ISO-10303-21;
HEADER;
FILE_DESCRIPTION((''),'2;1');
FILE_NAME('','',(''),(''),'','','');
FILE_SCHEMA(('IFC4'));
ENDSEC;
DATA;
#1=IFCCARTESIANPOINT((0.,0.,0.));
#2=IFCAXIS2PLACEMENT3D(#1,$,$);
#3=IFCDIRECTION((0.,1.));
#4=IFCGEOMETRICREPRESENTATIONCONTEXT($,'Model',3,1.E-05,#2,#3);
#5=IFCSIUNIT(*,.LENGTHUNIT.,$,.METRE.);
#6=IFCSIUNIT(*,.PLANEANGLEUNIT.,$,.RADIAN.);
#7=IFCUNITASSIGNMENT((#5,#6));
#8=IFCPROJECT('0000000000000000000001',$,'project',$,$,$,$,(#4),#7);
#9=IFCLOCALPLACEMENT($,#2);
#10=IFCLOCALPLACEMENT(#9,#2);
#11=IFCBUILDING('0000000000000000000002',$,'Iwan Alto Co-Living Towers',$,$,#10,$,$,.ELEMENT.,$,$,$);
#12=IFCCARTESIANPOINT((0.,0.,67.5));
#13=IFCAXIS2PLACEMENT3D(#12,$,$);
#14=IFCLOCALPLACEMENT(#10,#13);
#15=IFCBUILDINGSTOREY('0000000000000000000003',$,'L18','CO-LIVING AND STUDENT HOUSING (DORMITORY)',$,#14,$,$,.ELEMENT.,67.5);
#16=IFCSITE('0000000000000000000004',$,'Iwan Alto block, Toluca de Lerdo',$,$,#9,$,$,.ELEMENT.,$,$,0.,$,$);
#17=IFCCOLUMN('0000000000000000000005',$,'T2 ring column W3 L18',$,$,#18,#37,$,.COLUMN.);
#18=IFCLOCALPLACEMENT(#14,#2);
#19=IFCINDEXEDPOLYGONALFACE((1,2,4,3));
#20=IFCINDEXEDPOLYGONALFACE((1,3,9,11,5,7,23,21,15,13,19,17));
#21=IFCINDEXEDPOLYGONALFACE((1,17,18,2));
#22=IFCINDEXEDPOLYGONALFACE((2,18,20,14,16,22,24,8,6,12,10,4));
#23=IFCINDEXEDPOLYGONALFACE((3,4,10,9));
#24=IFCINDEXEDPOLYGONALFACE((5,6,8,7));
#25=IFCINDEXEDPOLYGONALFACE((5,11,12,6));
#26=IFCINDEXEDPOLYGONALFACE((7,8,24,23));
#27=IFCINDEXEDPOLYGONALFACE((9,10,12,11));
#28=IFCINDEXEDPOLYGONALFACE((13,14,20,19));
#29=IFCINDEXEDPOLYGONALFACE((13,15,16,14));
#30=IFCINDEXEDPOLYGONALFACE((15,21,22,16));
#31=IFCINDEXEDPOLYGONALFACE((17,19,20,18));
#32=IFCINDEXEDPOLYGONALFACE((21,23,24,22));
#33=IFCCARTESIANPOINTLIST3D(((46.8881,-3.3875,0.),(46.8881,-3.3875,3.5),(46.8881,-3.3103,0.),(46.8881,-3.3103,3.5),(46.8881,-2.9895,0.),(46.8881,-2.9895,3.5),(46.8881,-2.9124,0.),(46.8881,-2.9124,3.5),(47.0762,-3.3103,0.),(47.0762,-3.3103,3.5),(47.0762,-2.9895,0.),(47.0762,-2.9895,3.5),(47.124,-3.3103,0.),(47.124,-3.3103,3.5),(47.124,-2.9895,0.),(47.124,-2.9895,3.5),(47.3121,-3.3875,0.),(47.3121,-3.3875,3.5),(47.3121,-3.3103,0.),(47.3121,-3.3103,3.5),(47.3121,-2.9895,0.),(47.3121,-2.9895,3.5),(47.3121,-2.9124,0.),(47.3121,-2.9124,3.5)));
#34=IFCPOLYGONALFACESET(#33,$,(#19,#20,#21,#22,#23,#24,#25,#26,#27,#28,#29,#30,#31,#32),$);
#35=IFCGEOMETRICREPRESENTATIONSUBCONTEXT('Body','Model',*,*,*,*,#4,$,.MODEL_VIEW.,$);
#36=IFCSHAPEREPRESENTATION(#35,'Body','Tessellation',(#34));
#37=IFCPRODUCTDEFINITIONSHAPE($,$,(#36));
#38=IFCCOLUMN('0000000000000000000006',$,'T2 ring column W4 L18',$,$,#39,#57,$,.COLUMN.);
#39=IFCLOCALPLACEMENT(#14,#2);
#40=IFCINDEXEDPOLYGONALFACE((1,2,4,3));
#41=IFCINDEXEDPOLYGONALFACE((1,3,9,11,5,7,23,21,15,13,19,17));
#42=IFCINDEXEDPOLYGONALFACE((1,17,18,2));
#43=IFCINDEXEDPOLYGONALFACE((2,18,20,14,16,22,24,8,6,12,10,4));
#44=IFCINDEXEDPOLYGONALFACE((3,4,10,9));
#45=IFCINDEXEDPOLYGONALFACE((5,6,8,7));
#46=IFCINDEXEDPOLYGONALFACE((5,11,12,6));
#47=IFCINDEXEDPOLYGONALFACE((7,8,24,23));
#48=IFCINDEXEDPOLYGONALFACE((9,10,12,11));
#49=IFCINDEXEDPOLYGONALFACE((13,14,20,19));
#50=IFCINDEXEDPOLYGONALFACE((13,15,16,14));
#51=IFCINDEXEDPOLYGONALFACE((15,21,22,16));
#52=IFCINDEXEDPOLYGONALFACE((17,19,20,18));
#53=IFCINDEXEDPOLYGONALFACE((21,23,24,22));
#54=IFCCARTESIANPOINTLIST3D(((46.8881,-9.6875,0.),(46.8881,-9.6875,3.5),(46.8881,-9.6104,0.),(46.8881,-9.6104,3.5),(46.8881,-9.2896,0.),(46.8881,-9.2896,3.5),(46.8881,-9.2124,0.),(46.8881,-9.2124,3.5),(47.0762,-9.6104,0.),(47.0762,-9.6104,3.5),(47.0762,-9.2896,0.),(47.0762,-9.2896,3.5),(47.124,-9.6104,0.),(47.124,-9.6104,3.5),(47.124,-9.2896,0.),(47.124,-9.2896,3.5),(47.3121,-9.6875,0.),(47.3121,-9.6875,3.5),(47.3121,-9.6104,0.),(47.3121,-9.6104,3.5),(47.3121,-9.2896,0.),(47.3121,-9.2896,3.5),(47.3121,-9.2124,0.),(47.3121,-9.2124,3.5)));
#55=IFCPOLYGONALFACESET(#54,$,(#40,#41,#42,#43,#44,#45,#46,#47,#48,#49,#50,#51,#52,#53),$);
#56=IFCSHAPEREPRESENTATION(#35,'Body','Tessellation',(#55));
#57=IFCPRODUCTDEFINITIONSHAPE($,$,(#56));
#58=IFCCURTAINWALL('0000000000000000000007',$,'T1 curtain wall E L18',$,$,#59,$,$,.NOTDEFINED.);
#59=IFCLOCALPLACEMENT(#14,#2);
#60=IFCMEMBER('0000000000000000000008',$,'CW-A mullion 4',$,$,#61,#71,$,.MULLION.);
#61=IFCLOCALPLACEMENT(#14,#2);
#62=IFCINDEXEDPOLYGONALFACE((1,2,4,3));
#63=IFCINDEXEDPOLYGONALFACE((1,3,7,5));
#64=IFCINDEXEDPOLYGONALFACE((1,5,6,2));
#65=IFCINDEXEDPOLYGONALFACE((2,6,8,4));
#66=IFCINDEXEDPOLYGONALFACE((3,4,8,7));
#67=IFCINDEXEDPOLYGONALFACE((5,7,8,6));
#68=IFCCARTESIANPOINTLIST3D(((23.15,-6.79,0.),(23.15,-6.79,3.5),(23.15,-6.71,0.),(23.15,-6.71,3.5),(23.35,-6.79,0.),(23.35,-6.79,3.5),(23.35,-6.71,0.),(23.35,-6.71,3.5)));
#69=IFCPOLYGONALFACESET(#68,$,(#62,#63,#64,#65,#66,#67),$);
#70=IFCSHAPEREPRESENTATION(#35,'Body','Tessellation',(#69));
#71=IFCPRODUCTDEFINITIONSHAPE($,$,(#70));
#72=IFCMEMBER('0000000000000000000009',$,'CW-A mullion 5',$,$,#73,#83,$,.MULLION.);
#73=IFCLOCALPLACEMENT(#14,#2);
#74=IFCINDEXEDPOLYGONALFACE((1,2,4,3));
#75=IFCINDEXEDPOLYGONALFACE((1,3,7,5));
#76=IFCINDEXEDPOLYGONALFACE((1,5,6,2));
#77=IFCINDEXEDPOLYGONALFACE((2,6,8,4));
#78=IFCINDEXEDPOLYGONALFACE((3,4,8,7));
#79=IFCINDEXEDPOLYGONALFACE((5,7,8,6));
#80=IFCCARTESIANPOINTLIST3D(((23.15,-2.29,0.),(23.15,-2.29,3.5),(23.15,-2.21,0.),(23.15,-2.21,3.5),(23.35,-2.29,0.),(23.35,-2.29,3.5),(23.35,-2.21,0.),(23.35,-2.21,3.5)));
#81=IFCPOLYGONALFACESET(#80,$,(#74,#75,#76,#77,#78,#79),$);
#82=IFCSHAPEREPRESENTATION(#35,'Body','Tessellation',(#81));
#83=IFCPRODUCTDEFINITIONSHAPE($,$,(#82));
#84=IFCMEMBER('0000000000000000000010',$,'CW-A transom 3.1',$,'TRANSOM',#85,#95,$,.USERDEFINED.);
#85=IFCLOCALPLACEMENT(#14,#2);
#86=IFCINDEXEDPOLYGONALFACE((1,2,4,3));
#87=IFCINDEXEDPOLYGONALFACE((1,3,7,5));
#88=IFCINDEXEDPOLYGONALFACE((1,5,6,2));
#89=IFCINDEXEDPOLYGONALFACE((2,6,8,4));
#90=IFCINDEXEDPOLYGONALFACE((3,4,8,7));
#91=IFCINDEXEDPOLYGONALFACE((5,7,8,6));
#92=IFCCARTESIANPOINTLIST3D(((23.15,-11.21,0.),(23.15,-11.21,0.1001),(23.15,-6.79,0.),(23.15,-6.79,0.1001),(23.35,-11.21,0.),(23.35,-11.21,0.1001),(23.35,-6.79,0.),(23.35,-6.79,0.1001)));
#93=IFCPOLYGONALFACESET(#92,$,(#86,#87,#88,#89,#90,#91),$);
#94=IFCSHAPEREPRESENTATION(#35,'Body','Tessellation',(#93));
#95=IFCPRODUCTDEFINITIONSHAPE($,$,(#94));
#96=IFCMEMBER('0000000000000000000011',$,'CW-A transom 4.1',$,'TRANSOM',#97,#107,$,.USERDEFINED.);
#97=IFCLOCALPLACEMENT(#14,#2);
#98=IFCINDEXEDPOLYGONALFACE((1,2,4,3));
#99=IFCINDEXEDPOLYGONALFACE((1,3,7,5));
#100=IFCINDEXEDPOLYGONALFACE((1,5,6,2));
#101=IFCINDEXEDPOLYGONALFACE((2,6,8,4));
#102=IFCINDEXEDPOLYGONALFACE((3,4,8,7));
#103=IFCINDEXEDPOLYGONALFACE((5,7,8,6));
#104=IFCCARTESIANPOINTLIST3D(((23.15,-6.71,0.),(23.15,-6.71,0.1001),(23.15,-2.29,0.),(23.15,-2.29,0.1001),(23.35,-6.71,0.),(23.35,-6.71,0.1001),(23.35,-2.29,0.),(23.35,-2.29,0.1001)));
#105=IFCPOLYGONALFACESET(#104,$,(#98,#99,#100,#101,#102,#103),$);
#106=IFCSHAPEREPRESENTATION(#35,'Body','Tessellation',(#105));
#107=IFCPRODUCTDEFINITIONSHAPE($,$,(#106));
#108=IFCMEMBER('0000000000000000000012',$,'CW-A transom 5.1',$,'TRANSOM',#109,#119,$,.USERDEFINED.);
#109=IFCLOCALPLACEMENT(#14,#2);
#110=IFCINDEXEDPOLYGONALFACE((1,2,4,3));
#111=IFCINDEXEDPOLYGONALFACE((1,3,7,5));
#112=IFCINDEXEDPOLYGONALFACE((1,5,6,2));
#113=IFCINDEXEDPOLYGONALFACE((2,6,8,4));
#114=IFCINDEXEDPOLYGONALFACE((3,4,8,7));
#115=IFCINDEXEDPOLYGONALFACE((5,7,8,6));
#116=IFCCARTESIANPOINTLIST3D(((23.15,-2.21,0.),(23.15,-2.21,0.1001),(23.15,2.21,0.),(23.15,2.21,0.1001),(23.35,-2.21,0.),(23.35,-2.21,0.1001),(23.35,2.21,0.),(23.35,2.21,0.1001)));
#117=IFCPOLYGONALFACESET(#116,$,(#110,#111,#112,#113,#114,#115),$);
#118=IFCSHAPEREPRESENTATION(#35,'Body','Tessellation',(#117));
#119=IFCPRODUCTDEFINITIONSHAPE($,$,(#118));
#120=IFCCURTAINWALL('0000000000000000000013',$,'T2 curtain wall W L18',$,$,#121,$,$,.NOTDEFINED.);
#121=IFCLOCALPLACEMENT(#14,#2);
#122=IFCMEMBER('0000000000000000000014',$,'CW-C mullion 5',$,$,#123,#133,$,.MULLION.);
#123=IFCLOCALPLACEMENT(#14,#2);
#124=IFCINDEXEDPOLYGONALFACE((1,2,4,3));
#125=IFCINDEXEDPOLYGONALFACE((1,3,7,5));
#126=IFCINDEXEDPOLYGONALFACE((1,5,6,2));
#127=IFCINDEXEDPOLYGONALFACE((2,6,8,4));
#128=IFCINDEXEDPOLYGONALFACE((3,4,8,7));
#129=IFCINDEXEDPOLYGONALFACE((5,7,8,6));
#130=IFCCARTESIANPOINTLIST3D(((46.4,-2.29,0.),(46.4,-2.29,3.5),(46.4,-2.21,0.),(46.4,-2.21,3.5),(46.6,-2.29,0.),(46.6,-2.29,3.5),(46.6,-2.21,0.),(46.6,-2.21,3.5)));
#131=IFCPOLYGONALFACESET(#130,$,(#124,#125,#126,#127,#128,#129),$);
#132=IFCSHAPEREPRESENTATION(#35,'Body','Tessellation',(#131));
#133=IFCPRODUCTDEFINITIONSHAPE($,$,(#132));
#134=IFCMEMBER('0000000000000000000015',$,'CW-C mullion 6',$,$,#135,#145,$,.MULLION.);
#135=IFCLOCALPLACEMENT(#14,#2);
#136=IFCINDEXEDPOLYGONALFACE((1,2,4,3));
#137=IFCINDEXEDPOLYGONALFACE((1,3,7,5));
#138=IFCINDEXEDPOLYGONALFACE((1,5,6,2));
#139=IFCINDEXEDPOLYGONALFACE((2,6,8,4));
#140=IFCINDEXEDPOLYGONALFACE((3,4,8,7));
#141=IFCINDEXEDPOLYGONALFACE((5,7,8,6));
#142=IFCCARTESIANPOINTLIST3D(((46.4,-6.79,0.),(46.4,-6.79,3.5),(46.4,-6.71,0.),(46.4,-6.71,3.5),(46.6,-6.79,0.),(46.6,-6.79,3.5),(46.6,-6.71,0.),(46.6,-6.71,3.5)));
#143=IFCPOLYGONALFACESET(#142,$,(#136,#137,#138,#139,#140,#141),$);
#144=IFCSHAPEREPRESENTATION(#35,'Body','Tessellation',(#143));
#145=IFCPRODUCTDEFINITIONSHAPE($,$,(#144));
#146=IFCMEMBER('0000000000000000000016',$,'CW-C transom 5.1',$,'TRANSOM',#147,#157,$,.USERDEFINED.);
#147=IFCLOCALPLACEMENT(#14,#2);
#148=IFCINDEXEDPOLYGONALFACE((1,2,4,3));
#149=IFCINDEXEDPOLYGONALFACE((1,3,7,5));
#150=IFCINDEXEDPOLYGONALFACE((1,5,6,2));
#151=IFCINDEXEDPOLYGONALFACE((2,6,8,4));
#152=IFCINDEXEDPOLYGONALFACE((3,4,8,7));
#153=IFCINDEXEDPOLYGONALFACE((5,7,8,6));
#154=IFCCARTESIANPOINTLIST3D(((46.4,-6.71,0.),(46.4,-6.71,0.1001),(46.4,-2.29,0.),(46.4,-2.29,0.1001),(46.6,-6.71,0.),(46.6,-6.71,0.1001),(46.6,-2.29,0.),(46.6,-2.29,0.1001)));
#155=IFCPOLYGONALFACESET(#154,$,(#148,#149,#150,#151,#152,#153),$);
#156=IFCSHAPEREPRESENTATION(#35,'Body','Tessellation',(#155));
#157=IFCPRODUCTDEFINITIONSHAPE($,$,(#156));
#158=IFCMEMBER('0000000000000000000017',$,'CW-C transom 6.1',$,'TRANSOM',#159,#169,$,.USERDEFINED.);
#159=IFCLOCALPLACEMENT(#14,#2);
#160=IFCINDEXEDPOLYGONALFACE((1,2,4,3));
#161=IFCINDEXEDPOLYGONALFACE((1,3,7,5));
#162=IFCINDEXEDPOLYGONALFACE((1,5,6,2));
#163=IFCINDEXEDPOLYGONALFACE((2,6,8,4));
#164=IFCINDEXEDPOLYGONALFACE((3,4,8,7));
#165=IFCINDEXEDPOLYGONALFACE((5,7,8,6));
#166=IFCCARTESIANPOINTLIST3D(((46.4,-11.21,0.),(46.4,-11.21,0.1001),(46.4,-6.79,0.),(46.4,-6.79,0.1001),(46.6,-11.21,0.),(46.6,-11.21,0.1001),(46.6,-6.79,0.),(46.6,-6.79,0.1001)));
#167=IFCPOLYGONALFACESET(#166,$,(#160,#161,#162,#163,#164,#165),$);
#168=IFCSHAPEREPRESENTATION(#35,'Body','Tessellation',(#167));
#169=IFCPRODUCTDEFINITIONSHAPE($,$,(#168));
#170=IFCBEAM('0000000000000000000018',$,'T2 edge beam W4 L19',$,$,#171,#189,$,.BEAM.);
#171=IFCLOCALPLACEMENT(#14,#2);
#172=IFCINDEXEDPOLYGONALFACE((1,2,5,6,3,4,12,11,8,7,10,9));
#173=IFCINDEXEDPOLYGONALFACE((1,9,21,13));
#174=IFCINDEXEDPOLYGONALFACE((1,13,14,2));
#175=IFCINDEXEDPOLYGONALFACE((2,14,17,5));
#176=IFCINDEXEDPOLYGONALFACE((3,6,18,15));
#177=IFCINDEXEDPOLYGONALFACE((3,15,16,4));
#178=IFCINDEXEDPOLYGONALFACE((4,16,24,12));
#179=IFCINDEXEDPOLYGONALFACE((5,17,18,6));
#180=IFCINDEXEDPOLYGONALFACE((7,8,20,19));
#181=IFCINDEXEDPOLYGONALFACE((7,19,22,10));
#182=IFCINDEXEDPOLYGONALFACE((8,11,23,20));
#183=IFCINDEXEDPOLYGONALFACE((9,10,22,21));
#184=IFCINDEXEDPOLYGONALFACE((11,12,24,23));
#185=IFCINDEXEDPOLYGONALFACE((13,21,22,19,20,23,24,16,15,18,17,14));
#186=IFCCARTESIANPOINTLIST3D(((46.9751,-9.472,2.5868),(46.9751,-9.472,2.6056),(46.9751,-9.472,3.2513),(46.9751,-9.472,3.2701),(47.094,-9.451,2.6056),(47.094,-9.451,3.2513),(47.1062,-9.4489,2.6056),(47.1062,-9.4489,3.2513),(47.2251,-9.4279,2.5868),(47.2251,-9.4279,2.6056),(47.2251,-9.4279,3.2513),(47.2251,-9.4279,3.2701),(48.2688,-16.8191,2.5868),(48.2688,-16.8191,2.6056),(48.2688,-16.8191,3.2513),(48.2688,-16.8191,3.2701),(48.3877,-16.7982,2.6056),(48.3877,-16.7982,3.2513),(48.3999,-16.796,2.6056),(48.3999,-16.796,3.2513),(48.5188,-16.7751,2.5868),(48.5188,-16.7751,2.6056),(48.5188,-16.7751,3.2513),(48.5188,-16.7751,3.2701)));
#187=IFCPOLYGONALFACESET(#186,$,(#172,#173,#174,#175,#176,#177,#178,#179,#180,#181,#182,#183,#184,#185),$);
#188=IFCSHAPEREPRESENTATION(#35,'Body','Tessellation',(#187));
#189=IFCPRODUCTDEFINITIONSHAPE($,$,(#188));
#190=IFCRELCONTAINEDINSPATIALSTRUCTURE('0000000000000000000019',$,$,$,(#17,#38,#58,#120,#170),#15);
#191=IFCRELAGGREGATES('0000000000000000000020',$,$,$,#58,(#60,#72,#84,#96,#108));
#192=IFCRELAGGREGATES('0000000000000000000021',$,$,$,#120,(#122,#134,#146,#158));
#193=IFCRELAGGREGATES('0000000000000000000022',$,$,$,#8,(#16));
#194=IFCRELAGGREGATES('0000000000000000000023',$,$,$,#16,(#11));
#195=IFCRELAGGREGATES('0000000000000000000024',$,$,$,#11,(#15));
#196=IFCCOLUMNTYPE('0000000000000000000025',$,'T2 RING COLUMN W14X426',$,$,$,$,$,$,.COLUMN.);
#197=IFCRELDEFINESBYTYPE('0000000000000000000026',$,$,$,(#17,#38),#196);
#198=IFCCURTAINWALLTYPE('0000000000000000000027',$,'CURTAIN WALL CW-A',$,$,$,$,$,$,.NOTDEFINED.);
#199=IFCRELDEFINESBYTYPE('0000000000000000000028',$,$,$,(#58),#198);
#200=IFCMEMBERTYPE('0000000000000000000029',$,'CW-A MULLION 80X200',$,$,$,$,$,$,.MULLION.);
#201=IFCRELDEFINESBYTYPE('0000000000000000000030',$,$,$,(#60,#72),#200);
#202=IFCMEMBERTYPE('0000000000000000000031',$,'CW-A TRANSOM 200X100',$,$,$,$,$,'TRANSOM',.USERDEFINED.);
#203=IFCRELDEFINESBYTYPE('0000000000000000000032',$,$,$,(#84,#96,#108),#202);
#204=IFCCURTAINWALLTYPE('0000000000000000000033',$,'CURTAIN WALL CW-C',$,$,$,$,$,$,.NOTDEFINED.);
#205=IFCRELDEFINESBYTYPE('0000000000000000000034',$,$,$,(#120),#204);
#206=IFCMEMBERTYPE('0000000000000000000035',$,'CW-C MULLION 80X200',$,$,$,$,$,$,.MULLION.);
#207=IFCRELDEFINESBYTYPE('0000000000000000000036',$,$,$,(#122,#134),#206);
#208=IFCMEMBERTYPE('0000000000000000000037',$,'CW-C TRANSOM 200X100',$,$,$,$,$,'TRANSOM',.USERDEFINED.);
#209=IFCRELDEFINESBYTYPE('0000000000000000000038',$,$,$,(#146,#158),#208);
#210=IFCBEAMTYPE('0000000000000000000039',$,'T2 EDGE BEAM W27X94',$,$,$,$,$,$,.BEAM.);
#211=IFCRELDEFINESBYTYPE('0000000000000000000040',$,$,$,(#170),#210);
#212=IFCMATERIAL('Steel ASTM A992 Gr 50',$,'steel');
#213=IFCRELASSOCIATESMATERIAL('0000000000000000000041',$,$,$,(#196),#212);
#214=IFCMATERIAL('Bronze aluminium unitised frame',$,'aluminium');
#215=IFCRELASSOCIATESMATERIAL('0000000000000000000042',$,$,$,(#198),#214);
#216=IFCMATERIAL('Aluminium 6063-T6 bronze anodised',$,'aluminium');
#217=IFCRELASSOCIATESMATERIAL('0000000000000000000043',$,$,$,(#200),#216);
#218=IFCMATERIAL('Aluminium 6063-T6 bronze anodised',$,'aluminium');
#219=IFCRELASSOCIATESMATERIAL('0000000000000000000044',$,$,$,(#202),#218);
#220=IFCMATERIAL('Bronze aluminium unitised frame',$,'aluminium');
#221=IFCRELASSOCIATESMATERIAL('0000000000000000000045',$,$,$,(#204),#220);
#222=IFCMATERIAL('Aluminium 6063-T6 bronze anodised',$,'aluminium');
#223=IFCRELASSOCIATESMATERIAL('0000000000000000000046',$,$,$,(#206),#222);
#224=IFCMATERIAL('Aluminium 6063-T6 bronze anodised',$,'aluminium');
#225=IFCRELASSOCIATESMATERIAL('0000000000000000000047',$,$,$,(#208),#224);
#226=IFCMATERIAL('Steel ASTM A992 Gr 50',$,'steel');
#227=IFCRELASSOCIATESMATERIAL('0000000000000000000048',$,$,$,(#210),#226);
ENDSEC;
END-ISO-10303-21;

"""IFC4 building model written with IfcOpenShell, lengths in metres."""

from ifc_helpers import new_model, si_unit, direction, frame, origin, origin_2d, place, context, subcontext, project, spatial, rectangle, i_section, extrude, material, material_profile, profile_set, type_object, element, aggregate, save


model = new_model("IFC4")

# Units and contexts
model_context = context("Model", 3, precision=1e-05, world=origin(), true_north=direction((0.0, 1.0)))
body_context = subcontext(model_context, "Body", "Model", "MODEL_VIEW")
ifc_project = project(units=[si_unit("LENGTHUNIT", "METRE"), si_unit("PLANEANGLEUNIT", "RADIAN")], contexts=[model_context])

# Site, building, storey
site_placement = place(None, origin())
site = spatial("IfcSite", under=ifc_project, at=site_placement, Name="Iwan Alto block, Toluca de Lerdo", CompositionType="ELEMENT", RefElevation=0.0)
building_placement = place(site_placement, origin())
building = spatial("IfcBuilding", under=site, at=building_placement, Name="Iwan Alto Co-Living Towers", CompositionType="ELEMENT")
storey_placement = place(building_placement, frame((0.0, 0.0, 67.5)))
storey = spatial("IfcBuildingStorey", under=building, at=storey_placement, Name="L18", Description="CO-LIVING AND STUDENT HOUSING (DORMITORY)", CompositionType="ELEMENT", Elevation=67.5)

# Columns
ifc_material_1 = material(Name="Steel ASTM A992 Gr 50", Category="steel")
ifc_material_profile_1 = material_profile(ifc_material_1, i_section(OverallWidth=0.4241, OverallDepth=0.4751, WebThickness=0.0479, FlangeThickness=0.0771, at=origin_2d()), Name="W14X426")
ifc_profile_set_1 = profile_set([ifc_material_profile_1], Name="Steel ASTM A992 Gr 50")
column_type = type_object("IfcColumnType", Name="T2 RING COLUMN W14X426", PredefinedType="COLUMN", material=ifc_profile_set_1)
for number, where, z_axis, x_axis, name in (
    (1, (47.1001, -3.1499, 0.0), (0.0, 0.0, 1.0), (1.0, 0.0, 0.0), "T2 ring column W3 L18"),
    (2, (47.1001, -9.45, 0.0), (0.0, 0.0, 1.0), (1.0, 0.0, 0.0), "T2 ring column W4 L18"),
):
    element("IfcColumn", number, at=place(storey_placement, frame(where, z_axis=z_axis, x_axis=x_axis)), inside=storey, type_object=column_type, Name=name, PredefinedType="COLUMN", context=body_context, shape_type="SweptSolid", body=[
        extrude(i_section(OverallWidth=0.4241, OverallDepth=0.4751, WebThickness=0.0479, FlangeThickness=0.0771, at=origin_2d()), origin(), (0.0, 0.0, 1.0), 3.5),
    ])

# Curtain walls, members
ifc_material_2 = material(Name="Bronze aluminium unitised frame", Category="aluminium")
curtain_wall_type_1 = type_object("IfcCurtainWallType", Name="CURTAIN WALL CW-A", PredefinedType="NOTDEFINED", material=ifc_material_2)
curtain_wall_1_placement = place(storey_placement, origin())
curtain_wall_1 = element("IfcCurtainWall", 3, at=curtain_wall_1_placement, inside=storey, type_object=curtain_wall_type_1, Name="T1 curtain wall E L18", PredefinedType="NOTDEFINED")
ifc_material_3 = material(Name="Aluminium 6063-T6 bronze anodised", Category="aluminium")
ifc_material_profile_2 = material_profile(ifc_material_3, rectangle(XDim=0.2, YDim=0.0801, at=origin_2d()), Name="AL 80X200")
ifc_profile_set_2 = profile_set([ifc_material_profile_2], Name="Aluminium 6063-T6 bronze anodised")
member_type_1 = type_object("IfcMemberType", Name="CW-A MULLION 80X200", PredefinedType="MULLION", material=ifc_profile_set_2)
member_1_placement = place(storey_placement, frame((23.25, -6.75, 0.0), z_axis=(0.0, 0.0, 1.0), x_axis=(-1.0, 0.0, 0.0)))
member_1 = element("IfcMember", 4, at=member_1_placement, type_object=member_type_1, Name="CW-A mullion 4", PredefinedType="MULLION", context=body_context, shape_type="SweptSolid", body=[
    extrude(rectangle(XDim=0.2, YDim=0.0801, at=origin_2d()), origin(), (0.0, 0.0, 1.0), 3.5),
])
member_2_placement = place(storey_placement, frame((23.25, -2.25, 0.0), z_axis=(0.0, 0.0, 1.0), x_axis=(-1.0, 0.0, 0.0)))
member_2 = element("IfcMember", 5, at=member_2_placement, type_object=member_type_1, Name="CW-A mullion 5", PredefinedType="MULLION", context=body_context, shape_type="SweptSolid", body=[
    extrude(rectangle(XDim=0.2, YDim=0.0801, at=origin_2d()), origin(), (0.0, 0.0, 1.0), 3.5),
])
ifc_material_4 = material(Name="Aluminium 6063-T6 bronze anodised", Category="aluminium")
ifc_material_profile_3 = material_profile(ifc_material_4, rectangle(XDim=0.2, YDim=0.1001, at=origin_2d()), Name="AL 200X100")
ifc_profile_set_3 = profile_set([ifc_material_profile_3], Name="Aluminium 6063-T6 bronze anodised")
member_type_2 = type_object("IfcMemberType", Name="CW-A TRANSOM 200X100", ElementType="TRANSOM", PredefinedType="USERDEFINED", material=ifc_profile_set_3)
member_3_placement = place(storey_placement, frame((23.25, -11.21, 0.05), z_axis=(0.0, 1.0, 0.0), x_axis=(-1.0, 0.0, 0.0)))
member_3 = element("IfcMember", 6, at=member_3_placement, type_object=member_type_2, Name="CW-A transom 3.1", ObjectType="TRANSOM", PredefinedType="USERDEFINED", context=body_context, shape_type="SweptSolid", body=[
    extrude(rectangle(XDim=0.2, YDim=0.1001, at=origin_2d()), origin(), (0.0, 0.0, 1.0), 4.4199),
])
member_4_placement = place(storey_placement, frame((23.25, -6.71, 0.05), z_axis=(0.0, 1.0, 0.0), x_axis=(-1.0, 0.0, 0.0)))
member_4 = element("IfcMember", 7, at=member_4_placement, type_object=member_type_2, Name="CW-A transom 4.1", ObjectType="TRANSOM", PredefinedType="USERDEFINED", context=body_context, shape_type="SweptSolid", body=[
    extrude(rectangle(XDim=0.2, YDim=0.1001, at=origin_2d()), origin(), (0.0, 0.0, 1.0), 4.4199),
])
member_5_placement = place(storey_placement, frame((23.25, -2.21, 0.05), z_axis=(0.0, 1.0, 0.0), x_axis=(-1.0, 0.0, 0.0)))
member_5 = element("IfcMember", 8, at=member_5_placement, type_object=member_type_2, Name="CW-A transom 5.1", ObjectType="TRANSOM", PredefinedType="USERDEFINED", context=body_context, shape_type="SweptSolid", body=[
    extrude(rectangle(XDim=0.2, YDim=0.1001, at=origin_2d()), origin(), (0.0, 0.0, 1.0), 4.4199),
])
ifc_material_5 = material(Name="Bronze aluminium unitised frame", Category="aluminium")
curtain_wall_type_2 = type_object("IfcCurtainWallType", Name="CURTAIN WALL CW-C", PredefinedType="NOTDEFINED", material=ifc_material_5)
curtain_wall_2_placement = place(storey_placement, origin())
curtain_wall_2 = element("IfcCurtainWall", 9, at=curtain_wall_2_placement, inside=storey, type_object=curtain_wall_type_2, Name="T2 curtain wall W L18", PredefinedType="NOTDEFINED")
ifc_material_6 = material(Name="Aluminium 6063-T6 bronze anodised", Category="aluminium")
ifc_material_profile_4 = material_profile(ifc_material_6, rectangle(XDim=0.2, YDim=0.0801, at=origin_2d()), Name="AL 80X200")
ifc_profile_set_4 = profile_set([ifc_material_profile_4], Name="Aluminium 6063-T6 bronze anodised")
member_type_3 = type_object("IfcMemberType", Name="CW-C MULLION 80X200", PredefinedType="MULLION", material=ifc_profile_set_4)
member_6_placement = place(storey_placement, frame((46.5, -2.25, 0.0), z_axis=(0.0, 0.0, 1.0), x_axis=(1.0, 0.0, 0.0)))
member_6 = element("IfcMember", 10, at=member_6_placement, type_object=member_type_3, Name="CW-C mullion 5", PredefinedType="MULLION", context=body_context, shape_type="SweptSolid", body=[
    extrude(rectangle(XDim=0.2, YDim=0.0801, at=origin_2d()), origin(), (0.0, 0.0, 1.0), 3.5),
])
member_7_placement = place(storey_placement, frame((46.5, -6.75, 0.0), z_axis=(0.0, 0.0, 1.0), x_axis=(1.0, 0.0, 0.0)))
member_7 = element("IfcMember", 11, at=member_7_placement, type_object=member_type_3, Name="CW-C mullion 6", PredefinedType="MULLION", context=body_context, shape_type="SweptSolid", body=[
    extrude(rectangle(XDim=0.2, YDim=0.0801, at=origin_2d()), origin(), (0.0, 0.0, 1.0), 3.5),
])
ifc_material_7 = material(Name="Aluminium 6063-T6 bronze anodised", Category="aluminium")
ifc_material_profile_5 = material_profile(ifc_material_7, rectangle(XDim=0.2, YDim=0.1001, at=origin_2d()), Name="AL 200X100")
ifc_profile_set_5 = profile_set([ifc_material_profile_5], Name="Aluminium 6063-T6 bronze anodised")
member_type_4 = type_object("IfcMemberType", Name="CW-C TRANSOM 200X100", ElementType="TRANSOM", PredefinedType="USERDEFINED", material=ifc_profile_set_5)
member_8_placement = place(storey_placement, frame((46.5, -2.29, 0.05), z_axis=(0.0, -1.0, 0.0), x_axis=(1.0, 0.0, 0.0)))
member_8 = element("IfcMember", 12, at=member_8_placement, type_object=member_type_4, Name="CW-C transom 5.1", ObjectType="TRANSOM", PredefinedType="USERDEFINED", context=body_context, shape_type="SweptSolid", body=[
    extrude(rectangle(XDim=0.2, YDim=0.1001, at=origin_2d()), origin(), (0.0, 0.0, 1.0), 4.4199),
])
member_9_placement = place(storey_placement, frame((46.5, -6.79, 0.05), z_axis=(0.0, -1.0, 0.0), x_axis=(1.0, 0.0, 0.0)))
member_9 = element("IfcMember", 13, at=member_9_placement, type_object=member_type_4, Name="CW-C transom 6.1", ObjectType="TRANSOM", PredefinedType="USERDEFINED", context=body_context, shape_type="SweptSolid", body=[
    extrude(rectangle(XDim=0.2, YDim=0.1001, at=origin_2d()), origin(), (0.0, 0.0, 1.0), 4.4199),
])

# Beam
ifc_material_8 = material(Name="Steel ASTM A992 Gr 50", Category="steel")
ifc_material_profile_6 = material_profile(ifc_material_8, i_section(OverallWidth=0.2539, OverallDepth=0.6833, WebThickness=0.0125, FlangeThickness=0.0188, at=origin_2d()), Name="W27X94")
ifc_profile_set_6 = profile_set([ifc_material_profile_6], Name="Steel ASTM A992 Gr 50")
beam_type_1 = type_object("IfcBeamType", Name="T2 EDGE BEAM W27X94", PredefinedType="BEAM", material=ifc_profile_set_6)
beam_1_placement = place(storey_placement, frame((47.1001, -9.45, 2.9285), z_axis=(0.173414, -0.984849, 0.0), x_axis=(0.984849, 0.173414, 0.0)))
element("IfcBeam", 14, at=beam_1_placement, inside=storey, type_object=beam_type_1, Name="T2 edge beam W4 L19", PredefinedType="BEAM", context=body_context, shape_type="SweptSolid", body=[
    extrude(i_section(OverallWidth=0.2539, OverallDepth=0.6833, WebThickness=0.0125, FlangeThickness=0.0188, at=origin_2d()), origin(), (0.0, 0.0, 1.0), 7.4602),
])

aggregate(curtain_wall_1, [member_1, member_2, member_3, member_4, member_5])
aggregate(curtain_wall_2, [member_6, member_7, member_8, member_9])

save(model, "model.ifc")
